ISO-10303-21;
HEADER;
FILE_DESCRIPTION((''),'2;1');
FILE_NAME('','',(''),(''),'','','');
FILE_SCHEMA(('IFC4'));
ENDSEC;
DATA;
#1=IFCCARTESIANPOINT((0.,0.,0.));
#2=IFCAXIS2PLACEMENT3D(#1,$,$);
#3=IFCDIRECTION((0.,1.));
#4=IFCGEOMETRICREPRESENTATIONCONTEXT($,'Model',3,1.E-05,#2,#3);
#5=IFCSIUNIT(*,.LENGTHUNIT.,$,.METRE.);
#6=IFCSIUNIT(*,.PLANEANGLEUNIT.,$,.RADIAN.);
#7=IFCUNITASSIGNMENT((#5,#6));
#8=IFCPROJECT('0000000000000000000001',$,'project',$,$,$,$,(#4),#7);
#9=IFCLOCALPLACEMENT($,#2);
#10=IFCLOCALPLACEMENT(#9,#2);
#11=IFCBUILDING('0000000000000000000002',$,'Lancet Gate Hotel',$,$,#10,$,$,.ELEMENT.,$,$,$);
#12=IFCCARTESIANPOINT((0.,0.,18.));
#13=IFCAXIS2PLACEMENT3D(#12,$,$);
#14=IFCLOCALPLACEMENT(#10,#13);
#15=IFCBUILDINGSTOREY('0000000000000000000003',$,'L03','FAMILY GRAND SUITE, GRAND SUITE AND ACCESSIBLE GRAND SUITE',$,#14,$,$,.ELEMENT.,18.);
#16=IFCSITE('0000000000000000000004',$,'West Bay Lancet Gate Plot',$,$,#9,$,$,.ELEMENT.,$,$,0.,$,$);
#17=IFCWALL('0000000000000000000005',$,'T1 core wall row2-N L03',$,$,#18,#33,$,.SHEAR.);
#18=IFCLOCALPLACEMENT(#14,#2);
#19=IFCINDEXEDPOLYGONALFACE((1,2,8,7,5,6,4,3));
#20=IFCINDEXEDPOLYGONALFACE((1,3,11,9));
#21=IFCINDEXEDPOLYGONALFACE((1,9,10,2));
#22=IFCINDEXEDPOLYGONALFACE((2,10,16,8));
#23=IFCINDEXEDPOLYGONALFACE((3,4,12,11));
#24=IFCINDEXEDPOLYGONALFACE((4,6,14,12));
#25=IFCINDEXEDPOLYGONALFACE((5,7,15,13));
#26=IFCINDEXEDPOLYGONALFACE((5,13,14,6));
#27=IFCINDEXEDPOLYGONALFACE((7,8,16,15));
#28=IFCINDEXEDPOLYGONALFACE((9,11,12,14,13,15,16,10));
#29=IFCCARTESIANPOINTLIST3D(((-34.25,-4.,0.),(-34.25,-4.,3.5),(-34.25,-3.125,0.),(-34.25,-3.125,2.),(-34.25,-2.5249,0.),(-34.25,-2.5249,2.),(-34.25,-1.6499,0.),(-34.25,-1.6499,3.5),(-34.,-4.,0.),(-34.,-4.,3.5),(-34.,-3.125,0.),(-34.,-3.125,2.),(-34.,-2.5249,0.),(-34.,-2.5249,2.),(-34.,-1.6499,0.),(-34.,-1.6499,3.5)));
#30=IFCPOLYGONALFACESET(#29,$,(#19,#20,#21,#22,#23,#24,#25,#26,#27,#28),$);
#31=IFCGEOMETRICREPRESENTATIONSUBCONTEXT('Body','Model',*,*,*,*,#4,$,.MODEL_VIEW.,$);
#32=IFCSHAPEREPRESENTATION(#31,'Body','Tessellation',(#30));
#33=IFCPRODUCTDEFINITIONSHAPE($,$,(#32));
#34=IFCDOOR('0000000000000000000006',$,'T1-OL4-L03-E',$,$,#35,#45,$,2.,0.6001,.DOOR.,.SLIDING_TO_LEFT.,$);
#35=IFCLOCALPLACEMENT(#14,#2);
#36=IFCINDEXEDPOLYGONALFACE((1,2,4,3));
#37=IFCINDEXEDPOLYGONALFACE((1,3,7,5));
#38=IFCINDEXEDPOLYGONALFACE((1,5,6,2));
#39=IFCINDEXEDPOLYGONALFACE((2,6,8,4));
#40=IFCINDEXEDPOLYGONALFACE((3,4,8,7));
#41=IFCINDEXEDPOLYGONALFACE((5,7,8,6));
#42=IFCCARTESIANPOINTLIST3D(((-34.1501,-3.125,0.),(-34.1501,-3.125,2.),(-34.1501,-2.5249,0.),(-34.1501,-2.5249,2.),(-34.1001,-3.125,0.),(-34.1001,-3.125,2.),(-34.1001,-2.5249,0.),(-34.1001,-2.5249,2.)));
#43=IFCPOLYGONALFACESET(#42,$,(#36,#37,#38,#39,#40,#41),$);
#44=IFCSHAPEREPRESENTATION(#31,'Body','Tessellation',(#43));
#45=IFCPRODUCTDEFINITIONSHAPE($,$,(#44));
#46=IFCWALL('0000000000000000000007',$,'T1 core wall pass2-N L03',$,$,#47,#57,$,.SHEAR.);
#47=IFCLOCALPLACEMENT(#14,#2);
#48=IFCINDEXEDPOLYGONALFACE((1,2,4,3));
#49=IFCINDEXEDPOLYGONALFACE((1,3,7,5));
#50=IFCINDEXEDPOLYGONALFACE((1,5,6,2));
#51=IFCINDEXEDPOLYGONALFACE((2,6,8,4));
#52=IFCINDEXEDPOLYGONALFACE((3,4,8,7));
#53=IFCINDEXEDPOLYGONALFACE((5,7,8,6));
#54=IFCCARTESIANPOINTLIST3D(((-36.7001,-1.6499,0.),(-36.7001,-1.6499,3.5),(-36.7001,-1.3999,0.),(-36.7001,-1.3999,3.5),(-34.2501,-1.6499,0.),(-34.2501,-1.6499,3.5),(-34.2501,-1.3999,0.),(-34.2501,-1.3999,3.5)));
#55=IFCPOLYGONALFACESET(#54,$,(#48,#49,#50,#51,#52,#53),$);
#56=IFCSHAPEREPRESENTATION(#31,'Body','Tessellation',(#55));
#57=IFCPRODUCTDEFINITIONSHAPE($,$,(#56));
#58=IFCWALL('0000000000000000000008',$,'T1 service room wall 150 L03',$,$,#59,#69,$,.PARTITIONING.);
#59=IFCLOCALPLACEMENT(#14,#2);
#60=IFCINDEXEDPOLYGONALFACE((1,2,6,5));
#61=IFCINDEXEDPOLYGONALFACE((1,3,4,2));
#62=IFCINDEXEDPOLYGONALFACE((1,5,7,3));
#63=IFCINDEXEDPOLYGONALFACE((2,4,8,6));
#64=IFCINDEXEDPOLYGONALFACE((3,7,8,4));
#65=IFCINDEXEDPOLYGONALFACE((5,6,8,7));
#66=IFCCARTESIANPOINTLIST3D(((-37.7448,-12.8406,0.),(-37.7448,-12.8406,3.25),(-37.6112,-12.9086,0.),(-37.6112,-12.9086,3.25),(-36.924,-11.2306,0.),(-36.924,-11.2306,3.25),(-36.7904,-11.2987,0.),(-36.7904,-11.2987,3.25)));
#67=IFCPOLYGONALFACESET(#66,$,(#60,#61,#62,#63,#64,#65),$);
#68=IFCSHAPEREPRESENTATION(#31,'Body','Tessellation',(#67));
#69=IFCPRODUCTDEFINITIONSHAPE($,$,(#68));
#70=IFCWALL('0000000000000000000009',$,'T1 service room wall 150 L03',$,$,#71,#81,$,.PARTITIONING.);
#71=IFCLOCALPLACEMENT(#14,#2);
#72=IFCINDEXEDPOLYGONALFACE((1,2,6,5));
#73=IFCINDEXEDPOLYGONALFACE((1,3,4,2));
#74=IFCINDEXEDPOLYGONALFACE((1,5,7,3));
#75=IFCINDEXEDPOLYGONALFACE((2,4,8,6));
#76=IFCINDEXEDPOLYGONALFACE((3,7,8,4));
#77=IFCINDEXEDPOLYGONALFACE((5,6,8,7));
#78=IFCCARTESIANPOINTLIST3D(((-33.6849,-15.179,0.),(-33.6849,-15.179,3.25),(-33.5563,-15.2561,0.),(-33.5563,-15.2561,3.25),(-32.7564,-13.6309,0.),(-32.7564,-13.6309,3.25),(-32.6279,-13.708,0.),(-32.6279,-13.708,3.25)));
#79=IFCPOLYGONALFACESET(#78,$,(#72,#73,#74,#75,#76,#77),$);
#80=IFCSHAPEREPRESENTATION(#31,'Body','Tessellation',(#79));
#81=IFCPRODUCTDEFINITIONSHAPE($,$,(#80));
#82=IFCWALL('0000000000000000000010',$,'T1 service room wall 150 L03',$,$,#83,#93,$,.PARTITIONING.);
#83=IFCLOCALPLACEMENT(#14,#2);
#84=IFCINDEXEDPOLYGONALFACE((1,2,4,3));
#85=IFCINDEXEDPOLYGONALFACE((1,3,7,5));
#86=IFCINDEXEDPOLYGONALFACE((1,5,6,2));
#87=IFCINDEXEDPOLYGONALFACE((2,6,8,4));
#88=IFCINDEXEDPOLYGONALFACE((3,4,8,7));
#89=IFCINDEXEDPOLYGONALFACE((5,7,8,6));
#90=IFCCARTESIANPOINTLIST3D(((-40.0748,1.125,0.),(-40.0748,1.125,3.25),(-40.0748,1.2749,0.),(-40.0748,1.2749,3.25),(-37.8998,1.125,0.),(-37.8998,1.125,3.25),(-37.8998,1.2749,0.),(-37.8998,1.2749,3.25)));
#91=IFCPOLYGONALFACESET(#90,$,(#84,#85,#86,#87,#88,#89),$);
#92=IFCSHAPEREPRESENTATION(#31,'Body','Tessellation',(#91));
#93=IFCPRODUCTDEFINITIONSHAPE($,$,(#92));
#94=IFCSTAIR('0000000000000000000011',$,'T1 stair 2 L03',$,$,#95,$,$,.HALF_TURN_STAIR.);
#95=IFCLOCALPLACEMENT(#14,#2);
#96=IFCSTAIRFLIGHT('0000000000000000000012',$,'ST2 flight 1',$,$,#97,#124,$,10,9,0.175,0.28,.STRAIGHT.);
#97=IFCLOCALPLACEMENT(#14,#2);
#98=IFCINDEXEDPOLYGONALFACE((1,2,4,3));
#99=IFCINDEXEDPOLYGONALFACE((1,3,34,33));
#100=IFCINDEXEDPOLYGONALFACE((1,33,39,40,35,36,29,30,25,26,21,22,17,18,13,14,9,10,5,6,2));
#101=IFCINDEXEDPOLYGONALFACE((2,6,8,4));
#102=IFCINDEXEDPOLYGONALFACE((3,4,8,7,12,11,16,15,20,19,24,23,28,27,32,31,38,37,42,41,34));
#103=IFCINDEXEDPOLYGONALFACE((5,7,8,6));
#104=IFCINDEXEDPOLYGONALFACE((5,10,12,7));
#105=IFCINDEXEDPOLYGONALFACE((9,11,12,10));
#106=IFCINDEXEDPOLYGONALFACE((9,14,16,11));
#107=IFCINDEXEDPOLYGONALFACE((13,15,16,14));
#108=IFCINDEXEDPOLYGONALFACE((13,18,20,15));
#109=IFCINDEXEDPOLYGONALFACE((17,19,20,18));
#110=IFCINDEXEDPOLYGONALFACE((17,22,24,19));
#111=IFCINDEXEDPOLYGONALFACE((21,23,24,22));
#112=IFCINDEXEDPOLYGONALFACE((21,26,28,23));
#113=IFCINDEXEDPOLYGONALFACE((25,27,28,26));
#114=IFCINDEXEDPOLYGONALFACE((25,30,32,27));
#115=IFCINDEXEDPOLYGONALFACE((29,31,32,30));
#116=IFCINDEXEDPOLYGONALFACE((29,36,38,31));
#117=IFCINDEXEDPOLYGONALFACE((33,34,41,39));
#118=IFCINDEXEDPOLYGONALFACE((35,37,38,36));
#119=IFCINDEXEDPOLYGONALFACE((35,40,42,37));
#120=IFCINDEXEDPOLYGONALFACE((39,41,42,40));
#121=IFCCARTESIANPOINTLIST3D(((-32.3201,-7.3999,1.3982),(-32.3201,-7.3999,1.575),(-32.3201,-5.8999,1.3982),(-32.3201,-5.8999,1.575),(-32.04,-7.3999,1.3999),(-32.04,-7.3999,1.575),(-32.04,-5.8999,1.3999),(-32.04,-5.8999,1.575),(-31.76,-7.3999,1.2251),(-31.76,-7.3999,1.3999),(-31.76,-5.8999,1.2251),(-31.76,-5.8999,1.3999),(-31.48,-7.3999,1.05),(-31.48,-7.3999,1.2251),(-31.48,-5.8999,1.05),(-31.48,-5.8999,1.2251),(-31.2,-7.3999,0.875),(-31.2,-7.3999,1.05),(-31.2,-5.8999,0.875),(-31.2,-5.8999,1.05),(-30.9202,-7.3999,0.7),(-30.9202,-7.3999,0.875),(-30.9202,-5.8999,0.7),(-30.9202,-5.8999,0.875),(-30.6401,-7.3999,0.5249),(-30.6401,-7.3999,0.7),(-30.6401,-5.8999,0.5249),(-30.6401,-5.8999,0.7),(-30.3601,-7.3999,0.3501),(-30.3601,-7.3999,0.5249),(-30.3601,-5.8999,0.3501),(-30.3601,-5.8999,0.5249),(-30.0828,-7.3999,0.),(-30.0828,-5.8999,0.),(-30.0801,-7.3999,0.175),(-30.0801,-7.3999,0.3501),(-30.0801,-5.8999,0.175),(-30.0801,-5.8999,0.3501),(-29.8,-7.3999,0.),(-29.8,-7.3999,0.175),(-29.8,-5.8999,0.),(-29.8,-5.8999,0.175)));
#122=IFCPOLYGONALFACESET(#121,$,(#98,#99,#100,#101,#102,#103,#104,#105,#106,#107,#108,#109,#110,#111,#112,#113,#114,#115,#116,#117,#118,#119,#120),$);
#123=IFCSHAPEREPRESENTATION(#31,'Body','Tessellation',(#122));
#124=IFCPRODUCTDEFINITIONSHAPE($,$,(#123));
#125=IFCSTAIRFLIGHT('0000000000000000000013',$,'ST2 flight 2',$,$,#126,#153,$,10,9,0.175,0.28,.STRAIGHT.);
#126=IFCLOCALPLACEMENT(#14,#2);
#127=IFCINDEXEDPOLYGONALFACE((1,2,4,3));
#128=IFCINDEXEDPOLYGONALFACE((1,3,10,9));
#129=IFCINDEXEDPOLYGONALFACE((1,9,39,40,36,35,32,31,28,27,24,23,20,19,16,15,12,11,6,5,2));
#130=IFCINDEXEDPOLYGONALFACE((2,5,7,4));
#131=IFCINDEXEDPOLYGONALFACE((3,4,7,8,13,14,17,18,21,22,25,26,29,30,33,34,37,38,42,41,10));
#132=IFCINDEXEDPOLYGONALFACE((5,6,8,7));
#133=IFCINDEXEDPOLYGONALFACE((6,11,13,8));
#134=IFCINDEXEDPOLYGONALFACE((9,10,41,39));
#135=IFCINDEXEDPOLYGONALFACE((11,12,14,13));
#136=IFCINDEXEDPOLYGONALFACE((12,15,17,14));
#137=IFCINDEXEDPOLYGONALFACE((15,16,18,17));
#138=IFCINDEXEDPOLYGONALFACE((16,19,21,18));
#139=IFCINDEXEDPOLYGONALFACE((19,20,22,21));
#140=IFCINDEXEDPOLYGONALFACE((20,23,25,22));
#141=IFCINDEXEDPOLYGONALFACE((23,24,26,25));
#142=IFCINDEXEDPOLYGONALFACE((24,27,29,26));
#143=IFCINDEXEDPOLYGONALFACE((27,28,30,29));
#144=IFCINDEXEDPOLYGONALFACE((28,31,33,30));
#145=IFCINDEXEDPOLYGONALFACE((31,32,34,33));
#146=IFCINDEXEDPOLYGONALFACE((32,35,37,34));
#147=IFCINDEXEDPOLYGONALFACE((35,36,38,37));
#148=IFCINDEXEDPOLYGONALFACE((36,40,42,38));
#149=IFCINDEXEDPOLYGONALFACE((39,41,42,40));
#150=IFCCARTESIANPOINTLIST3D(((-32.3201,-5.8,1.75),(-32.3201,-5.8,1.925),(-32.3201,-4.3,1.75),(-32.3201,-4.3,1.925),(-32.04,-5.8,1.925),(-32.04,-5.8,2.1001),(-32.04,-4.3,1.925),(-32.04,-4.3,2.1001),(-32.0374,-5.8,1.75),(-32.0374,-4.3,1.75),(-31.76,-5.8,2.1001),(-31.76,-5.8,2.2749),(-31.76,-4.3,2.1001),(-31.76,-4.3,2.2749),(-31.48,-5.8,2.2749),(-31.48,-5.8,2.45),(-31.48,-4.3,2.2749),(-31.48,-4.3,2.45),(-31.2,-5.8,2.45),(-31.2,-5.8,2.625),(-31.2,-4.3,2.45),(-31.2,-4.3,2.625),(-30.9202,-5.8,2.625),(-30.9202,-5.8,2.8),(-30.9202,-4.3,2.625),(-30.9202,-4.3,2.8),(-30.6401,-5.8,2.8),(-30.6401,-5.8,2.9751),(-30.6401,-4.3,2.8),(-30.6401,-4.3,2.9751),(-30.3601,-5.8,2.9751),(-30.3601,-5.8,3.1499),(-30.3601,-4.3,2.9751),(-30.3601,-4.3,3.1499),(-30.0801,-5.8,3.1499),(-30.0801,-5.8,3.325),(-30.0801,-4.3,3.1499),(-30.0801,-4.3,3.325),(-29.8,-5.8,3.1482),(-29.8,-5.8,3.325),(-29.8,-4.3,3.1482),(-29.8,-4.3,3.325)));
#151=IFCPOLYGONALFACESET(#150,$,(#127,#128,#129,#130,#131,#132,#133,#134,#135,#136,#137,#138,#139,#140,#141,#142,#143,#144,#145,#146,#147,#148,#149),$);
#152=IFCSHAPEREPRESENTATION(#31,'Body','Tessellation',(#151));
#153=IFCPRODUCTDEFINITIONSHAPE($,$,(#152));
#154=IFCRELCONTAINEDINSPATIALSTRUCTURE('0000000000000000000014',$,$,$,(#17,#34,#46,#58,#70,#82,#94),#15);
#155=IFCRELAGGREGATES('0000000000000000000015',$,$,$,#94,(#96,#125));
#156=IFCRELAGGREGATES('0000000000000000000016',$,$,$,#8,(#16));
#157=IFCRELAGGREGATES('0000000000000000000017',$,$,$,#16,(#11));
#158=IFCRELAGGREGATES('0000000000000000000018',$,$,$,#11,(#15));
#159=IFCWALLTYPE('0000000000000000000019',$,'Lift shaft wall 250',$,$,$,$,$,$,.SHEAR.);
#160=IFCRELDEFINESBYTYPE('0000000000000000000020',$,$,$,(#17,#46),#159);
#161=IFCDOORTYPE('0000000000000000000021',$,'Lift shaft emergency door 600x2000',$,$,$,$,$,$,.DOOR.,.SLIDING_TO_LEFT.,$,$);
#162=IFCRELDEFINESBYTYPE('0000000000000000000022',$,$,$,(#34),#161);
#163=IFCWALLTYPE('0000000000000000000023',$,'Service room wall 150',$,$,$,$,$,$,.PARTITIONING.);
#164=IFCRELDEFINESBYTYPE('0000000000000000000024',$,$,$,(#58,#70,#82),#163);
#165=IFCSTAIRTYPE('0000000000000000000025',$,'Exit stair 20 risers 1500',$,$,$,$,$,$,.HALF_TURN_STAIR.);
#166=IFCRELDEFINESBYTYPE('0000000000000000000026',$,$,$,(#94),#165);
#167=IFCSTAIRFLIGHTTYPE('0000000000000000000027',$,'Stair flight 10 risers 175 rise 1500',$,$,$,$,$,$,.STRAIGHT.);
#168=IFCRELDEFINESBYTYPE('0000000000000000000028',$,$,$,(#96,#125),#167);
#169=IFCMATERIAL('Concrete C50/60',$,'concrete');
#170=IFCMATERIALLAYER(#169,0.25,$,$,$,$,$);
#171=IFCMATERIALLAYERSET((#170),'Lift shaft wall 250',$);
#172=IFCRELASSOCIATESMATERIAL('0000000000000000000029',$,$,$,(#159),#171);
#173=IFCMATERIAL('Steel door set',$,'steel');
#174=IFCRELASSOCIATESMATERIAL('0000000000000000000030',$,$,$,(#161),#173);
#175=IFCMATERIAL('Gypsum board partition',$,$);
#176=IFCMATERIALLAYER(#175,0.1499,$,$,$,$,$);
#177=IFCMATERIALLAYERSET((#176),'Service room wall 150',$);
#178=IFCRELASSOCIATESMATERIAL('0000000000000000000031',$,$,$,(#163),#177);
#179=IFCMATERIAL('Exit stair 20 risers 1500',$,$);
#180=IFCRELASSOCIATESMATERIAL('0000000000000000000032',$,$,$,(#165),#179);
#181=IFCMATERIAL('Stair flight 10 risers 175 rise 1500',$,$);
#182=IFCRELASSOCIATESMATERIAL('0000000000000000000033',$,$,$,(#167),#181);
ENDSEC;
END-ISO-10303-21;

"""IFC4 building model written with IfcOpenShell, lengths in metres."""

from ifc_helpers import new_model, si_unit, direction, frame, frame_2d, origin, place, context, subcontext, project, spatial, polyline, rectangle, outline, extrude, material, layer, layer_set, type_object, element, fill, aggregate, save


model = new_model("IFC4")

# Units and contexts
model_context = context("Model", 3, precision=1e-05, world=origin(), true_north=direction((0.0, 1.0)))
body_context = subcontext(model_context, "Body", "Model", "MODEL_VIEW")
ifc_project = project(units=[si_unit("LENGTHUNIT", "METRE"), si_unit("PLANEANGLEUNIT", "RADIAN")], contexts=[model_context])

# Site, building, storey
site_placement = place(None, origin())
site = spatial("IfcSite", under=ifc_project, at=site_placement, Name="West Bay Lancet Gate Plot", CompositionType="ELEMENT", RefElevation=0.0)
building_placement = place(site_placement, origin())
building = spatial("IfcBuilding", under=site, at=building_placement, Name="Lancet Gate Hotel", CompositionType="ELEMENT")
storey_placement = place(building_placement, frame((0.0, 0.0, 18.0)))
storey = spatial("IfcBuildingStorey", under=building, at=storey_placement, Name="L03", Description="FAMILY GRAND SUITE, GRAND SUITE AND ACCESSIBLE GRAND SUITE", CompositionType="ELEMENT", Elevation=18.0)

# Wall, opening, door
ifc_material_1 = material(Name="Concrete C50/60", Category="concrete")
ifc_layer_1 = layer(ifc_material_1, 0.25)
ifc_layer_set_1 = layer_set([ifc_layer_1], Name="Lift shaft wall 250")
wall_type_1 = type_object("IfcWallType", Name="Lift shaft wall 250", PredefinedType="SHEAR", material=ifc_layer_set_1)
wall_1_placement = place(storey_placement, frame((-34.125, -1.6499, 0.0), z_axis=(0.0, 0.0, 1.0), x_axis=(0.0, -1.0, 0.0)))
wall_1 = element("IfcWall", 1, at=wall_1_placement, inside=storey, type_object=wall_type_1, Name="T1 core wall row2-N L03", PredefinedType="SHEAR", context=body_context, shape_type="SweptSolid", body=[
    extrude(rectangle(XDim=2.3501, YDim=0.25, at=frame_2d((1.175, 0.0))), origin(), (0.0, 0.0, 1.0), 3.5),
])
opening_1_placement = place(wall_1_placement, frame((0.875, 0.0, 0.0)))
opening_1 = element("IfcOpeningElement", 2, at=opening_1_placement, cuts=wall_1, PredefinedType="OPENING", context=body_context, shape_type="SweptSolid", body=[
    extrude(rectangle(XDim=0.6001, YDim=2.0, at=frame_2d((0.3, 1.0))), frame((0.0, 0.135, 0.0), z_axis=(0.0, -1.0, 0.0), x_axis=(1.0, 0.0, 0.0)), (0.0, 0.0, 1.0), 0.27),
])
ifc_material_2 = material(Name="Steel door set", Category="steel")
door_type_1 = type_object("IfcDoorType", Name="Lift shaft emergency door 600x2000", OperationType="SLIDING_TO_LEFT", PredefinedType="DOOR", material=ifc_material_2)
door_1_placement = place(opening_1_placement, origin())
door_1 = element("IfcDoor", 3, at=door_1_placement, inside=storey, type_object=door_type_1, Name="T1-OL4-L03-E", OperationType="SLIDING_TO_LEFT", OverallHeight=2.0, OverallWidth=0.6001, PredefinedType="DOOR", context=body_context, shape_type="SweptSolid", body=[
    extrude(rectangle(XDim=0.6001, YDim=2.0, at=frame_2d((0.3, 1.0))), frame((0.0, 0.0249, 0.0), z_axis=(0.0, -1.0, 0.0), x_axis=(1.0, 0.0, 0.0)), (0.0, 0.0, 1.0), 0.05),
])
fill(opening_1, door_1)

# Walls
wall_2_placement = place(storey_placement, frame((-34.25, -1.5249, 0.0), z_axis=(0.0, 0.0, 1.0), x_axis=(-1.0, 0.0, 0.0)))
element("IfcWall", 4, at=wall_2_placement, inside=storey, type_object=wall_type_1, Name="T1 core wall pass2-N L03", PredefinedType="SHEAR", context=body_context, shape_type="SweptSolid", body=[
    extrude(rectangle(XDim=2.45, YDim=0.25, at=frame_2d((1.2251, 0.0))), origin(), (0.0, 0.0, 1.0), 3.5),
])
ifc_material_3 = material(Name="Gypsum board partition")
ifc_layer_2 = layer(ifc_material_3, 0.1499)
ifc_layer_set_2 = layer_set([ifc_layer_2], Name="Service room wall 150")
wall_type_2 = type_object("IfcWallType", Name="Service room wall 150", PredefinedType="PARTITIONING", material=ifc_layer_set_2)
wall_3_placement = place(storey_placement, frame((-36.8572, -11.2646, 0.0), z_axis=(0.0, 0.0, 1.0), x_axis=(-0.454225, -0.890887, 0.0)))
element("IfcWall", 5, at=wall_3_placement, inside=storey, type_object=wall_type_2, Name="T1 service room wall 150 L03", PredefinedType="PARTITIONING", context=body_context, shape_type="SweptSolid", body=[
    extrude(rectangle(XDim=1.8071, YDim=0.1499, at=frame_2d((0.9036, 0.0))), origin(), (0.0, 0.0, 1.0), 3.25),
])
wall_4_placement = place(storey_placement, frame((-33.6206, -15.2175, 0.0), z_axis=(0.0, 0.0, 1.0), x_axis=(0.514337, 0.857588, 0.0)))
element("IfcWall", 6, at=wall_4_placement, inside=storey, type_object=wall_type_2, Name="T1 service room wall 150 L03", PredefinedType="PARTITIONING", context=body_context, shape_type="SweptSolid", body=[
    extrude(rectangle(XDim=1.8052, YDim=0.1499, at=frame_2d((0.9026, 0.0))), origin(), (0.0, 0.0, 1.0), 3.25),
])
wall_5_placement = place(storey_placement, frame((-37.8999, 1.2, 0.0), z_axis=(0.0, 0.0, 1.0), x_axis=(-1.0, 0.0, 0.0)))
element("IfcWall", 7, at=wall_5_placement, inside=storey, type_object=wall_type_2, Name="T1 service room wall 150 L03", PredefinedType="PARTITIONING", context=body_context, shape_type="SweptSolid", body=[
    extrude(rectangle(XDim=2.175, YDim=0.1499, at=frame_2d((1.0874, 0.0))), origin(), (0.0, 0.0, 1.0), 3.25),
])

# Stair, stair flights
ifc_material_4 = material(Name="Exit stair 20 risers 1500")
stair_type = type_object("IfcStairType", Name="Exit stair 20 risers 1500", PredefinedType="HALF_TURN_STAIR", material=ifc_material_4)
stair_placement = place(storey_placement, origin())
stair = element("IfcStair", 8, at=stair_placement, inside=storey, type_object=stair_type, Name="T1 stair 2 L03", PredefinedType="HALF_TURN_STAIR")
ifc_material_5 = material(Name="Stair flight 10 risers 175 rise 1500")
stair_flight_type = type_object("IfcStairFlightType", Name="Stair flight 10 risers 175 rise 1500", PredefinedType="STRAIGHT", material=ifc_material_5)
stair_flight_1_placement = place(storey_placement, frame((-29.8, -6.6499, 0.0), z_axis=(0.0, 0.0, 1.0), x_axis=(-1.0, 0.0, 0.0)))
stair_flight_1 = element("IfcStairFlight", 9, at=stair_flight_1_placement, type_object=stair_flight_type, Name="ST2 flight 1", NumberOfRisers=10, NumberOfTreads=9, PredefinedType="STRAIGHT", RiserHeight=0.175, TreadLength=0.28, context=body_context, shape_type="SweptSolid", body=[
    extrude(outline(polyline([(0.0, 0.0), (0.0, 0.175), (0.28, 0.175), (0.28, 0.3501), (0.5601, 0.3501), (0.5601, 0.5249), (0.8401, 0.5249), (0.8401, 0.7), (1.1201, 0.7), (1.1201, 0.875), (1.3999, 0.875), (1.3999, 1.05), (1.6799, 1.05), (1.6799, 1.2251), (1.96, 1.2251), (1.96, 1.3999), (2.24, 1.3999), (2.24, 1.575), (2.52, 1.575), (2.52, 1.75), (2.52, 1.3982), (0.2827, 0.0), (0.0, 0.0)])), frame((0.0, 0.75, 0.0), z_axis=(0.0, -1.0, 0.0), x_axis=(1.0, 0.0, 0.0)), (0.0, 0.0, 1.0), 1.5),
])
stair_flight_2_placement = place(storey_placement, frame((-32.3201, -5.05, 1.75), z_axis=(0.0, 0.0, 1.0), x_axis=(1.0, 0.0, 0.0)))
stair_flight_2 = element("IfcStairFlight", 10, at=stair_flight_2_placement, type_object=stair_flight_type, Name="ST2 flight 2", NumberOfRisers=10, NumberOfTreads=9, PredefinedType="STRAIGHT", RiserHeight=0.175, TreadLength=0.28, context=body_context, shape_type="SweptSolid", body=[
    extrude(outline(polyline([(0.0, 0.0), (0.0, 0.175), (0.28, 0.175), (0.28, 0.3501), (0.5601, 0.3501), (0.5601, 0.5249), (0.8401, 0.5249), (0.8401, 0.7), (1.1201, 0.7), (1.1201, 0.875), (1.3999, 0.875), (1.3999, 1.05), (1.6799, 1.05), (1.6799, 1.2251), (1.96, 1.2251), (1.96, 1.3999), (2.24, 1.3999), (2.24, 1.575), (2.52, 1.575), (2.52, 1.75), (2.52, 1.3982), (0.2827, 0.0), (0.0, 0.0)])), frame((0.0, 0.75, 0.0), z_axis=(0.0, -1.0, 0.0), x_axis=(1.0, 0.0, 0.0)), (0.0, 0.0, 1.0), 1.5),
])
aggregate(stair, [stair_flight_1, stair_flight_2])

save(model, "model.ifc")
